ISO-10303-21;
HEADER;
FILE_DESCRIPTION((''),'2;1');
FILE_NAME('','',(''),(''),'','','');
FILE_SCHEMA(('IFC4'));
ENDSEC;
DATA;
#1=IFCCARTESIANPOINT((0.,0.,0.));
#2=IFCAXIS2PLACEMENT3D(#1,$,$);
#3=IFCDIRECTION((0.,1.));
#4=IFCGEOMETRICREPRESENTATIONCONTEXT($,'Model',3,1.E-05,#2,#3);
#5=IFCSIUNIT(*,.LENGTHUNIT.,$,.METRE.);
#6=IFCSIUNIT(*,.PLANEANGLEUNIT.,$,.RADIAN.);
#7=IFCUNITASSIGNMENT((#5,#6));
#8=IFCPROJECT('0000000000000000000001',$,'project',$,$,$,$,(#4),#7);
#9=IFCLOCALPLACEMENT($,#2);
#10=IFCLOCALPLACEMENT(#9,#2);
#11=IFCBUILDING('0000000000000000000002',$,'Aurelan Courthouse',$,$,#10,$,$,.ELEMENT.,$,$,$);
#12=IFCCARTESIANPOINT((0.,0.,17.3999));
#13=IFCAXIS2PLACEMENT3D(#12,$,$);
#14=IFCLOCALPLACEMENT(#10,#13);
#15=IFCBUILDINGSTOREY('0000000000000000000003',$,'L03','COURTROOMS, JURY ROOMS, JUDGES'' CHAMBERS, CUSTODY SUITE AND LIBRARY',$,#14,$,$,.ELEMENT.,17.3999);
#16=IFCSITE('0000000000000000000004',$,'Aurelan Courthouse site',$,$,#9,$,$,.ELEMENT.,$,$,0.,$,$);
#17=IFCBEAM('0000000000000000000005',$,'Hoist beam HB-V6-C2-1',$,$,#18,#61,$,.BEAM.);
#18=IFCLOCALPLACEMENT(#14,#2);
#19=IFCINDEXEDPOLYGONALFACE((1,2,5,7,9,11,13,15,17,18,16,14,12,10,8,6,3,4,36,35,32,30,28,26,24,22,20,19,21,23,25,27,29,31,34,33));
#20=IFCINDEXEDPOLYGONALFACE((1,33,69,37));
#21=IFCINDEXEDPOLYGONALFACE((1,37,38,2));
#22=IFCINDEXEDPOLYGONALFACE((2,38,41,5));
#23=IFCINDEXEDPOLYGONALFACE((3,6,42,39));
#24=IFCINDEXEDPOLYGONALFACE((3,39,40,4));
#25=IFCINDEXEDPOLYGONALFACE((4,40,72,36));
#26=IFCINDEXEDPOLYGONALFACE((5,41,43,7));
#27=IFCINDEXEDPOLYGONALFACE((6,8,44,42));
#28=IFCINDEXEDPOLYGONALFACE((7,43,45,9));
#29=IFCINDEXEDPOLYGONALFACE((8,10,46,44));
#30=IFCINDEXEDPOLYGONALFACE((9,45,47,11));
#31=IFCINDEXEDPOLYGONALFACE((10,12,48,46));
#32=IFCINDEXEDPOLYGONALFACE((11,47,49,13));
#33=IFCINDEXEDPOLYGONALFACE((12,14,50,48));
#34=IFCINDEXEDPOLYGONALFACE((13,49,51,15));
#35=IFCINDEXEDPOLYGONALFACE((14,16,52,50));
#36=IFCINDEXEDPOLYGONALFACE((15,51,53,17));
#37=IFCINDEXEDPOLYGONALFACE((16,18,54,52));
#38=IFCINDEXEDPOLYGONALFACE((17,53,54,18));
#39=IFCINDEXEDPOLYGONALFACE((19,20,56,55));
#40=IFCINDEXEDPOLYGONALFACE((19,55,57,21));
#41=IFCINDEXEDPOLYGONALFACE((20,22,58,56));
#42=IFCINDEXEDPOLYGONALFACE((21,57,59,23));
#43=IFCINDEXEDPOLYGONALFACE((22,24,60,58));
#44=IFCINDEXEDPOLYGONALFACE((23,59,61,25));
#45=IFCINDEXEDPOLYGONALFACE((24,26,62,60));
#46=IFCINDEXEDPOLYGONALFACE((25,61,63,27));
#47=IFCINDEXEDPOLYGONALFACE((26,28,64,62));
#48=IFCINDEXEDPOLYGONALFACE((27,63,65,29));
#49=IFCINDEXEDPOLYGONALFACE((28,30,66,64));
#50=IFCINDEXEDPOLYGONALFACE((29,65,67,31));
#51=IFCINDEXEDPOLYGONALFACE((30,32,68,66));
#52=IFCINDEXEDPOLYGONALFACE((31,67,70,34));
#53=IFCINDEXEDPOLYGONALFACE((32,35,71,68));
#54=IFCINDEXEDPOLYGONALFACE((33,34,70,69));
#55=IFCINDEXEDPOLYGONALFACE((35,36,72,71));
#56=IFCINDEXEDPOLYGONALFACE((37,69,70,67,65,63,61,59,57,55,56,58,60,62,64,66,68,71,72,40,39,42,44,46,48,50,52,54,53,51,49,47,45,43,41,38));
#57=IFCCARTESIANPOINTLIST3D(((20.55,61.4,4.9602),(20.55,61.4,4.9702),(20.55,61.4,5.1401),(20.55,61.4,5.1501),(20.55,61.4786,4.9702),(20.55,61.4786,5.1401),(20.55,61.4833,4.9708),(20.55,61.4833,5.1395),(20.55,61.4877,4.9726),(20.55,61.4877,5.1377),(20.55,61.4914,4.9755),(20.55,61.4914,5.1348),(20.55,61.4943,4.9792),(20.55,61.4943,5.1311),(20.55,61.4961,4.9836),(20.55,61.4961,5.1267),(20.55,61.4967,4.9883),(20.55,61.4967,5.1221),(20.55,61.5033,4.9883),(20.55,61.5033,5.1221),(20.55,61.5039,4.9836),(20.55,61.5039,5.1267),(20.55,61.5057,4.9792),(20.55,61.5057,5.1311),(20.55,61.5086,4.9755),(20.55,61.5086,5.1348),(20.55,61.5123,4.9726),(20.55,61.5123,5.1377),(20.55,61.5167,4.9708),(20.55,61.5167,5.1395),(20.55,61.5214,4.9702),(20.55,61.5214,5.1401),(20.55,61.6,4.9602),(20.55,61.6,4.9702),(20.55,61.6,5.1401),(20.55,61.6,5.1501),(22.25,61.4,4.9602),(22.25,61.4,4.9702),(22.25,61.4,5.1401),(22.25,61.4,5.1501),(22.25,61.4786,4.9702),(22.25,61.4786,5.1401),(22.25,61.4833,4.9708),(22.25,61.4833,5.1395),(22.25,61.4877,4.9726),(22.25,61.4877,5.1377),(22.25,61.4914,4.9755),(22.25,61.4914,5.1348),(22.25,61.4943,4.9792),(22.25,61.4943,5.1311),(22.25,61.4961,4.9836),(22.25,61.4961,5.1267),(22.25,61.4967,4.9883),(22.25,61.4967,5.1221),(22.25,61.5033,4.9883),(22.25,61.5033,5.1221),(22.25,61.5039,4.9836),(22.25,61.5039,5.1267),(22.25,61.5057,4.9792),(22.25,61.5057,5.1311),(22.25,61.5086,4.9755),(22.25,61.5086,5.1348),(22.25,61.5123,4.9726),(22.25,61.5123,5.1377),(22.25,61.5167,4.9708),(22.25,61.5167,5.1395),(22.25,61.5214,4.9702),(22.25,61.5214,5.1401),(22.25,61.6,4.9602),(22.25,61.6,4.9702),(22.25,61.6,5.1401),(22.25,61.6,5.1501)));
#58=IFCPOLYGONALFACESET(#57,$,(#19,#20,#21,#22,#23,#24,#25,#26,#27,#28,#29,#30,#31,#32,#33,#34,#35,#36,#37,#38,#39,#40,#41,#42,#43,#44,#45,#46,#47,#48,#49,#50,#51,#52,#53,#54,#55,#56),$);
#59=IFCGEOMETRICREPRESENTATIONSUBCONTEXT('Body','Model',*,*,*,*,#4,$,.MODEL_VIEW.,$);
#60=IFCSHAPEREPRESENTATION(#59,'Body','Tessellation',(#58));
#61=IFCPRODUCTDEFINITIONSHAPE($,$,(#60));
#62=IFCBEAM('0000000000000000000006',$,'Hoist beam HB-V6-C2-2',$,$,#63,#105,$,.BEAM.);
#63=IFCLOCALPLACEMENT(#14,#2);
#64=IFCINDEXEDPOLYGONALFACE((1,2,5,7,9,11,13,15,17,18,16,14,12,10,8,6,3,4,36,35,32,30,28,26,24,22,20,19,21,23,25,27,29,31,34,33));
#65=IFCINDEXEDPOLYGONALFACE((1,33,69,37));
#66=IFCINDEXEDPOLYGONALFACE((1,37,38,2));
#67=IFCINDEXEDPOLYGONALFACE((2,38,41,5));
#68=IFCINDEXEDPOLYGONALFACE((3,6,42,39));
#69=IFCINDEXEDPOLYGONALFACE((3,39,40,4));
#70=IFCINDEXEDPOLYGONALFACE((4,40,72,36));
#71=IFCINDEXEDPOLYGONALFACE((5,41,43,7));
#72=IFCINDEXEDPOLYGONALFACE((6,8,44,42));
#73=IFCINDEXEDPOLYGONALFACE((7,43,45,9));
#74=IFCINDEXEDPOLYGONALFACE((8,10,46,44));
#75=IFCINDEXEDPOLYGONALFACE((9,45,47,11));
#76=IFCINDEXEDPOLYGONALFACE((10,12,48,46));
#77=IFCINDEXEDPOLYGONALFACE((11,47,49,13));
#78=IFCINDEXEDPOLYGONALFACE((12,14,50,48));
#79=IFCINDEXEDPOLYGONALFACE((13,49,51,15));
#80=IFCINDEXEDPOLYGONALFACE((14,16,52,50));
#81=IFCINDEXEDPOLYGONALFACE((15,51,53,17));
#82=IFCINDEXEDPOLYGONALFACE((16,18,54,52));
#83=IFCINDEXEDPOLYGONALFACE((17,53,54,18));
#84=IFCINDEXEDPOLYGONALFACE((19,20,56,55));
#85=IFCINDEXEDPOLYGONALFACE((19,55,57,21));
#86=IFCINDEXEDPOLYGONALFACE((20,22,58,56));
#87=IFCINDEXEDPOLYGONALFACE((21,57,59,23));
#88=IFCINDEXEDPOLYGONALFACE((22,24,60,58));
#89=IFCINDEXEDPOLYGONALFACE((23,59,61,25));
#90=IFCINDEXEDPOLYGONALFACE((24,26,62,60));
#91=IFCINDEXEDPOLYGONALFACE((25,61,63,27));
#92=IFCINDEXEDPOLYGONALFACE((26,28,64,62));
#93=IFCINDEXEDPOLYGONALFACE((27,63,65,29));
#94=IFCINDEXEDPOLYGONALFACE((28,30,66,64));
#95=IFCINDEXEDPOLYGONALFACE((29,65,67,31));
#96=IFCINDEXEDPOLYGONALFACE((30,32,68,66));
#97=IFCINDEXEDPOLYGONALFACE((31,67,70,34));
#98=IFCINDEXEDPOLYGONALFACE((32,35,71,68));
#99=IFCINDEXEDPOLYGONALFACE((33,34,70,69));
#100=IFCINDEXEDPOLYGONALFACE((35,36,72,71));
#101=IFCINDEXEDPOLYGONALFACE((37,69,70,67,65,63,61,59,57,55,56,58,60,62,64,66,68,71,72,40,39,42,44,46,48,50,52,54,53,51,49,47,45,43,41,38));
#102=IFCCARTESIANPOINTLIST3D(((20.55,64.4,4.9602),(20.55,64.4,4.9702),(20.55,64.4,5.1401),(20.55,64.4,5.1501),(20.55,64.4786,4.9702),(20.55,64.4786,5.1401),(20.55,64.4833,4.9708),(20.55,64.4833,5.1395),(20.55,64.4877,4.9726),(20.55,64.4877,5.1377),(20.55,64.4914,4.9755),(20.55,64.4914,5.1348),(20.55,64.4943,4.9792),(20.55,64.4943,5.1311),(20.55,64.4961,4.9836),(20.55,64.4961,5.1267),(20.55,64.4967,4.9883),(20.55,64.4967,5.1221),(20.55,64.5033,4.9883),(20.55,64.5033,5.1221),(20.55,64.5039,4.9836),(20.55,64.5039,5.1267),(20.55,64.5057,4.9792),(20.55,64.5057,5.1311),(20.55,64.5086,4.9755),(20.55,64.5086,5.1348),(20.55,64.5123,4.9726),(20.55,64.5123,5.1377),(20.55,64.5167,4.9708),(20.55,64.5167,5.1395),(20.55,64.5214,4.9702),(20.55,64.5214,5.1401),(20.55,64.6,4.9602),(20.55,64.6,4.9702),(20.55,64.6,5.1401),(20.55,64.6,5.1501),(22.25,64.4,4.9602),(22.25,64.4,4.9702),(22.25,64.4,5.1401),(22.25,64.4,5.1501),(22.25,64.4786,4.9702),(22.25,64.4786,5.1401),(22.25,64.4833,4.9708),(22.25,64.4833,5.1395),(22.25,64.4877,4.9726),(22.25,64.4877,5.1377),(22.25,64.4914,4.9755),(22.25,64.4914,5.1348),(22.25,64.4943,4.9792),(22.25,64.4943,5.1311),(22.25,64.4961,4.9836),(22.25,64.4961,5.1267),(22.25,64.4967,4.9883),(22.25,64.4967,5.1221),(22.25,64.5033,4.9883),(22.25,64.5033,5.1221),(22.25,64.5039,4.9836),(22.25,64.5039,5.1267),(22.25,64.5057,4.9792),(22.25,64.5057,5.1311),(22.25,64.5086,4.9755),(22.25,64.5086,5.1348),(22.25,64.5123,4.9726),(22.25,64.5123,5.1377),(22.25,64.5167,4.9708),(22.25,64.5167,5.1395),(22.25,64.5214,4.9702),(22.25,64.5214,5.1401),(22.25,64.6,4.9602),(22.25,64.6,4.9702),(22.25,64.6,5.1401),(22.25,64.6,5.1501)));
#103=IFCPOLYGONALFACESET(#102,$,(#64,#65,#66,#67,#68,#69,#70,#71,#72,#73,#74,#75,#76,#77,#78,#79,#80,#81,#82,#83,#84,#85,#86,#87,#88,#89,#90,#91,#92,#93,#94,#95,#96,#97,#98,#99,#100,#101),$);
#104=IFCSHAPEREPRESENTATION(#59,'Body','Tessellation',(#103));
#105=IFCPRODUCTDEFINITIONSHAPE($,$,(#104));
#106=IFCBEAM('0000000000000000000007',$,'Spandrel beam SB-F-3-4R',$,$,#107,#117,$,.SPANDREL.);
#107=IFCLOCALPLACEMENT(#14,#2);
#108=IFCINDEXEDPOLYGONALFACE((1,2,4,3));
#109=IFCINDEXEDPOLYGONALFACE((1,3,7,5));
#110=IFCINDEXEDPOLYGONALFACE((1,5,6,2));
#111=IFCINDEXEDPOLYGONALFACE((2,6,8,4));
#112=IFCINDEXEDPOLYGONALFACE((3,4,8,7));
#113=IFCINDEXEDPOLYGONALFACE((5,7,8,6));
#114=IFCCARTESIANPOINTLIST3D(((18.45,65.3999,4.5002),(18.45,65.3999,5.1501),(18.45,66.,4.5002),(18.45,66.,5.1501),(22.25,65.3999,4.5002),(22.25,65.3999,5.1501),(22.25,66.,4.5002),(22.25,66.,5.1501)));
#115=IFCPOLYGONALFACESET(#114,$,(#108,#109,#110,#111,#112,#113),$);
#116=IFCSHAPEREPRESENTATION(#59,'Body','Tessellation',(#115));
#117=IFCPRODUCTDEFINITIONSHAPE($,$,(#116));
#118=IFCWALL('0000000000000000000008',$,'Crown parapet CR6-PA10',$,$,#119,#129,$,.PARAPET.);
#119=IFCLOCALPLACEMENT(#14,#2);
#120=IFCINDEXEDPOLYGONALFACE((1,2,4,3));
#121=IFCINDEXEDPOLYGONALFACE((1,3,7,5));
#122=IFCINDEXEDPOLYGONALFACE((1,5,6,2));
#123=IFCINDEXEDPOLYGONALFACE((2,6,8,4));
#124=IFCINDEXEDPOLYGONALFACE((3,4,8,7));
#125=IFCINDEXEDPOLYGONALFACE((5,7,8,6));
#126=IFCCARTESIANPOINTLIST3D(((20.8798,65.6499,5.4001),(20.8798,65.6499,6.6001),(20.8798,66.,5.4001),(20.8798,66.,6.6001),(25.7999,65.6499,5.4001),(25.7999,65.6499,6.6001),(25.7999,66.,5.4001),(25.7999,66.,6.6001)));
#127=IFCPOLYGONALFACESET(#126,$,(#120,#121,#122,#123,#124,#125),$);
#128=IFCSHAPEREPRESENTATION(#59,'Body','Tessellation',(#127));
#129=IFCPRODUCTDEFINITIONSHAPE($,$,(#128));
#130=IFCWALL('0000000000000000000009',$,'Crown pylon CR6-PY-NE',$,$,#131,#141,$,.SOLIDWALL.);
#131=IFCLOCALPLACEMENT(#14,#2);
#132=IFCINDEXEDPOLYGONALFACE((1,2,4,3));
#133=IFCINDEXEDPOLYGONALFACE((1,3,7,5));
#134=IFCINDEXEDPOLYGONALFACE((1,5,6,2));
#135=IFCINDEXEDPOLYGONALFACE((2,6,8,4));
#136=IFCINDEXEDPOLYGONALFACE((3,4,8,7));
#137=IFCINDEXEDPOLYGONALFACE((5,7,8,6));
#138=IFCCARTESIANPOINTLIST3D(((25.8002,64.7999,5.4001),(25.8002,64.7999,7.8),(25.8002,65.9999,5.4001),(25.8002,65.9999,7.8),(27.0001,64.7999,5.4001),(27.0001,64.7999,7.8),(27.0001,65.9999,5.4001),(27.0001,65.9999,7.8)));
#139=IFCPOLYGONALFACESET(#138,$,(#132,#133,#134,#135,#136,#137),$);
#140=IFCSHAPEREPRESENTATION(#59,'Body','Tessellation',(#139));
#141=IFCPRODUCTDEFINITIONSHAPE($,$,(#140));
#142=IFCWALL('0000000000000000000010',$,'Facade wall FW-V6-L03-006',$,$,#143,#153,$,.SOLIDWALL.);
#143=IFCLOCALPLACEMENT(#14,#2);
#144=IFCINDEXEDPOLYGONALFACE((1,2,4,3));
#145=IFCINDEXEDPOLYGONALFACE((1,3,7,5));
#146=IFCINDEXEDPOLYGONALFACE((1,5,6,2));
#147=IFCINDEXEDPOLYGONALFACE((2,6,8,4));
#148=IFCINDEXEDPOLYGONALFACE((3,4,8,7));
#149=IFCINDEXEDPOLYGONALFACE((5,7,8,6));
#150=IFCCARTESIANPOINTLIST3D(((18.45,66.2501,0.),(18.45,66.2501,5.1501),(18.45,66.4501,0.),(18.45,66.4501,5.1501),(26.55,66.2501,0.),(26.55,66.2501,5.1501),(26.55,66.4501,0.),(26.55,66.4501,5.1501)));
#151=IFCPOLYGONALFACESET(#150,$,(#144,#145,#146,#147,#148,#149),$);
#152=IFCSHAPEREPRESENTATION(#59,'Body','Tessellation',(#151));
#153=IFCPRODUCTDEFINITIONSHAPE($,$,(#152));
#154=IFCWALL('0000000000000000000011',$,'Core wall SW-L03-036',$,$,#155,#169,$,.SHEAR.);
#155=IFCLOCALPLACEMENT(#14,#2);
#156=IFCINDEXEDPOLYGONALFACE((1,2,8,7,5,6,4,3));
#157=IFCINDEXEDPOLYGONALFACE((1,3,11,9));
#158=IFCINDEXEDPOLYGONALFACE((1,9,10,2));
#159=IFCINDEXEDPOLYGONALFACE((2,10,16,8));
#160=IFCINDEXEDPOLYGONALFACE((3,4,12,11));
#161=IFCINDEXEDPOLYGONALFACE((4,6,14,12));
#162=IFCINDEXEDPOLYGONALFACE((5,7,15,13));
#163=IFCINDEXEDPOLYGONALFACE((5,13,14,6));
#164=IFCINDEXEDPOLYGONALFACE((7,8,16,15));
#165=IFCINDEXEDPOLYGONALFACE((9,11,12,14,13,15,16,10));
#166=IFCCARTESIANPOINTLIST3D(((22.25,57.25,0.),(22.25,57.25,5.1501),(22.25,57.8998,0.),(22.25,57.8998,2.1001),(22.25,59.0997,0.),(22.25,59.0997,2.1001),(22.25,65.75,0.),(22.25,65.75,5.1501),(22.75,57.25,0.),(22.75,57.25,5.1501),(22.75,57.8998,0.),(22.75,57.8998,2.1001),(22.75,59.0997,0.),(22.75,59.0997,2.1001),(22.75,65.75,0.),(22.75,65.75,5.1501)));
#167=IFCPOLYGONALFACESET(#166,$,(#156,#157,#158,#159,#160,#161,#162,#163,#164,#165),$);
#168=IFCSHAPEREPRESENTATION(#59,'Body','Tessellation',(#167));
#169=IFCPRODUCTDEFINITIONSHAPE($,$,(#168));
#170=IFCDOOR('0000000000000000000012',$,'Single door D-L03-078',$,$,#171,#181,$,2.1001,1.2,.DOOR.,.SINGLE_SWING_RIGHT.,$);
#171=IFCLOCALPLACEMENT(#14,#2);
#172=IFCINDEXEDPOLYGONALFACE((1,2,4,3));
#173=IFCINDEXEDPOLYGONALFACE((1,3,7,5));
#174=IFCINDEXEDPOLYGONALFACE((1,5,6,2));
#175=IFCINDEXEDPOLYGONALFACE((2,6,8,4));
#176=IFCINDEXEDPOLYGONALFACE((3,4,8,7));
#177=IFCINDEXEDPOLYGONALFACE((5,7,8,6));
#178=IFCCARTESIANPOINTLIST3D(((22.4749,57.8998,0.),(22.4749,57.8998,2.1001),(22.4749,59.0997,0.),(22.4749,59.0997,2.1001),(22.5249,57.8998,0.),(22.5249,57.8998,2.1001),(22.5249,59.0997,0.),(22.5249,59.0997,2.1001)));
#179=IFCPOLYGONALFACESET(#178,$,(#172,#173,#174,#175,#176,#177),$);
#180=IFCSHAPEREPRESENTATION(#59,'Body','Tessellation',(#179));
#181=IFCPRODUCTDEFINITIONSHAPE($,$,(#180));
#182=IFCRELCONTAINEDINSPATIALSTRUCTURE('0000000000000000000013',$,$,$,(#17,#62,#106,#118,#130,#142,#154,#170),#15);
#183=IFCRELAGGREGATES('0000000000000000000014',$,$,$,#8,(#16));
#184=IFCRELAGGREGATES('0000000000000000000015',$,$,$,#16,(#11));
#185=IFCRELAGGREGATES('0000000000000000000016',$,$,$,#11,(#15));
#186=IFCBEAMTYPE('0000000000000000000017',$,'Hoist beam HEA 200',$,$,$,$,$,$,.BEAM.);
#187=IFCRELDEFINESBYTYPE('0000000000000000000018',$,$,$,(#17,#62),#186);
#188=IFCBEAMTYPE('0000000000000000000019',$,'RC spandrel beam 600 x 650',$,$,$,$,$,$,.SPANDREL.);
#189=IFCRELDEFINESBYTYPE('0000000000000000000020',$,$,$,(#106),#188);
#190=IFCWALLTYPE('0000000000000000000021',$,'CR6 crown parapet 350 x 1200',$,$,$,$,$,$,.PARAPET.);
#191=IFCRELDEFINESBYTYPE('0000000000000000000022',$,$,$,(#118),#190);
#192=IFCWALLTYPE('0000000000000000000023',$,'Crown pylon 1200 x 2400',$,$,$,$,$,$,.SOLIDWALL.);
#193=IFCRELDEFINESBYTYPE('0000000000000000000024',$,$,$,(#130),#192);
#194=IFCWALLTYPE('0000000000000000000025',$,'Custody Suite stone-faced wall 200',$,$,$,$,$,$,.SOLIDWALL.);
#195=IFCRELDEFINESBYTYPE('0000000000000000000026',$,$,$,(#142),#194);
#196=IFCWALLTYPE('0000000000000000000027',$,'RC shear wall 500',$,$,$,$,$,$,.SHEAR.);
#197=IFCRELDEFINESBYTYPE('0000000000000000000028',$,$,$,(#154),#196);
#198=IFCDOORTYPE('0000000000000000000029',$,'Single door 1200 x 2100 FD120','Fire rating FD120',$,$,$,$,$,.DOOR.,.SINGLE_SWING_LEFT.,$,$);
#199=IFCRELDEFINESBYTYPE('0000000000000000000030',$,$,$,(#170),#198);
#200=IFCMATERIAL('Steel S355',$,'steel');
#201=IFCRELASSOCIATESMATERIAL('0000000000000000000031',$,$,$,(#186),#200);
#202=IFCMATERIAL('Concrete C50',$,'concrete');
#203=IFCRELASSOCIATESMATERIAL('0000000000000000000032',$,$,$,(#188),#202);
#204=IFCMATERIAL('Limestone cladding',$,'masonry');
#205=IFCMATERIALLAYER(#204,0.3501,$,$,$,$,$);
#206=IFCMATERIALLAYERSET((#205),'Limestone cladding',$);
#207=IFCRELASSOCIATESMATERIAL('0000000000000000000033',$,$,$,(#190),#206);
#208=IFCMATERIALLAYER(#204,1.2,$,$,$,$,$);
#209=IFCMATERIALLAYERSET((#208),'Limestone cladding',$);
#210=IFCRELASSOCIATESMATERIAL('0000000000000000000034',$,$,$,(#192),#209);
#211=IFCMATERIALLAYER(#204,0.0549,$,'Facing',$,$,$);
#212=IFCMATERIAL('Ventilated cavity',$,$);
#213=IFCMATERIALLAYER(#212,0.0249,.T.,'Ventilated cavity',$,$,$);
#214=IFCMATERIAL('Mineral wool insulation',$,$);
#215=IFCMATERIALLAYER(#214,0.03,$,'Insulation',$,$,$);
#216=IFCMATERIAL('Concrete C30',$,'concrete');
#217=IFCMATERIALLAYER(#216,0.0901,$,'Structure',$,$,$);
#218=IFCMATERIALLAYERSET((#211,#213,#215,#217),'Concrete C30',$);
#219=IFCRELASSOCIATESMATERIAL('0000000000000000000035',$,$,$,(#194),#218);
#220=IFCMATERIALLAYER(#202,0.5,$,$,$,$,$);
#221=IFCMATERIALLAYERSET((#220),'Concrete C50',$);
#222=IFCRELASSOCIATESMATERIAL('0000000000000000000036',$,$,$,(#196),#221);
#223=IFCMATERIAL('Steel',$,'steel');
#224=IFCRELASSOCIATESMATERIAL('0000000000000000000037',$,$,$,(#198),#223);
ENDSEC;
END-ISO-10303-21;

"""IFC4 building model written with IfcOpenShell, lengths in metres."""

from ifc_helpers import new_model, si_unit, direction, frame, frame_2d, origin, origin_2d, place, context, subcontext, project, spatial, rectangle, i_section, extrude, material, layer, layer_set, material_profile, profile_set, type_object, element, fill, save


model = new_model("IFC4")

# Units and contexts
model_context = context("Model", 3, precision=1e-05, world=origin(), true_north=direction((0.0, 1.0)))
body_context = subcontext(model_context, "Body", "Model", "MODEL_VIEW")
ifc_project = project(units=[si_unit("LENGTHUNIT", "METRE"), si_unit("PLANEANGLEUNIT", "RADIAN")], contexts=[model_context])

# Site, building, storey
site_placement = place(None, origin())
site = spatial("IfcSite", under=ifc_project, at=site_placement, Name="Aurelan Courthouse site", CompositionType="ELEMENT", RefElevation=0.0)
building_placement = place(site_placement, origin())
building = spatial("IfcBuilding", under=site, at=building_placement, Name="Aurelan Courthouse", CompositionType="ELEMENT")
storey_placement = place(building_placement, frame((0.0, 0.0, 17.3999)))
storey = spatial("IfcBuildingStorey", under=building, at=storey_placement, Name="L03", Description="COURTROOMS, JURY ROOMS, JUDGES' CHAMBERS, CUSTODY SUITE AND LIBRARY", CompositionType="ELEMENT", Elevation=17.3999)

# Beams
ifc_material_1 = material(Name="Steel S355", Category="steel")
ifc_material_profile_1 = material_profile(ifc_material_1, i_section(OverallWidth=0.2, OverallDepth=0.1899, WebThickness=0.0066, FlangeThickness=0.01, FilletRadius=0.0181, at=origin_2d()), Name="HEA 200")
ifc_profile_set_1 = profile_set([ifc_material_profile_1], Name="Steel S355")
beam_type_1 = type_object("IfcBeamType", Name="Hoist beam HEA 200", PredefinedType="BEAM", material=ifc_profile_set_1)
for number, where, z_axis, x_axis, name in (
    (1, (20.55, 61.5, 5.0552), (1.0, 0.0, 0.0), (0.0, 1.0, 0.0), "Hoist beam HB-V6-C2-1"),
    (2, (20.55, 64.5, 5.0552), (1.0, 0.0, 0.0), (0.0, 1.0, 0.0), "Hoist beam HB-V6-C2-2"),
):
    element("IfcBeam", number, at=place(storey_placement, frame(where, z_axis=z_axis, x_axis=x_axis)), inside=storey, type_object=beam_type_1, Name=name, PredefinedType="BEAM", context=body_context, shape_type="SweptSolid", body=[
        extrude(i_section(OverallWidth=0.2, OverallDepth=0.1899, WebThickness=0.0066, FlangeThickness=0.01, FilletRadius=0.0181, at=origin_2d()), origin(), (0.0, 0.0, 1.0), 1.7),
    ])
ifc_material_2 = material(Name="Concrete C50", Category="concrete")
ifc_material_profile_2 = material_profile(ifc_material_2, rectangle(XDim=0.6001, YDim=0.6499, at=origin_2d()), Name="RC 600 x 650")
ifc_profile_set_2 = profile_set([ifc_material_profile_2], Name="Concrete C50")
beam_type_2 = type_object("IfcBeamType", Name="RC spandrel beam 600 x 650", PredefinedType="SPANDREL", material=ifc_profile_set_2)
beam_placement = place(storey_placement, frame((18.45, 65.7, 4.8252), z_axis=(1.0, 0.0, 0.0), x_axis=(0.0, 1.0, 0.0)))
element("IfcBeam", 3, at=beam_placement, inside=storey, type_object=beam_type_2, Name="Spandrel beam SB-F-3-4R", PredefinedType="SPANDREL", context=body_context, shape_type="SweptSolid", body=[
    extrude(rectangle(XDim=0.6001, YDim=0.6499, at=origin_2d()), origin(), (0.0, 0.0, 1.0), 3.8),
])

# Walls
ifc_material_3 = material(Name="Limestone cladding", Category="masonry")
ifc_layer_1 = layer(ifc_material_3, 0.3501)
ifc_layer_set_1 = layer_set([ifc_layer_1], Name="Limestone cladding")
wall_type_1 = type_object("IfcWallType", Name="CR6 crown parapet 350 x 1200", PredefinedType="PARAPET", material=ifc_layer_set_1)
wall_1_placement = place(storey_placement, frame((20.8799, 65.825, 5.4001), z_axis=(0.0, 0.0, 1.0), x_axis=(1.0, 0.0, 0.0)))
element("IfcWall", 4, at=wall_1_placement, inside=storey, type_object=wall_type_1, Name="Crown parapet CR6-PA10", PredefinedType="PARAPET", context=body_context, shape_type="SweptSolid", body=[
    extrude(rectangle(XDim=4.9202, YDim=0.3501, at=frame_2d((2.46, 0.0))), origin(), (0.0, 0.0, 1.0), 1.2),
])
ifc_layer_2 = layer(ifc_material_3, 1.2)
ifc_layer_set_2 = layer_set([ifc_layer_2], Name="Limestone cladding")
wall_type_2 = type_object("IfcWallType", Name="Crown pylon 1200 x 2400", PredefinedType="SOLIDWALL", material=ifc_layer_set_2)
wall_2_placement = place(storey_placement, frame((25.8, 65.3999, 5.4001), z_axis=(0.0, 0.0, 1.0), x_axis=(1.0, 0.0, 0.0)))
element("IfcWall", 5, at=wall_2_placement, inside=storey, type_object=wall_type_2, Name="Crown pylon CR6-PY-NE", PredefinedType="SOLIDWALL", context=body_context, shape_type="SweptSolid", body=[
    extrude(rectangle(XDim=1.2, YDim=1.2, at=frame_2d((0.6001, 0.0))), origin(), (0.0, 0.0, 1.0), 2.3999),
])
ifc_layer_3 = layer(ifc_material_3, 0.0549, Name="Facing")
ifc_material_4 = material(Name="Ventilated cavity")
ifc_layer_4 = layer(ifc_material_4, 0.0249, ventilated=True, Name="Ventilated cavity")
ifc_material_5 = material(Name="Mineral wool insulation")
ifc_layer_5 = layer(ifc_material_5, 0.03, Name="Insulation")
ifc_material_6 = material(Name="Concrete C30", Category="concrete")
ifc_layer_6 = layer(ifc_material_6, 0.0901, Name="Structure")
ifc_layer_set_3 = layer_set([ifc_layer_3, ifc_layer_4, ifc_layer_5, ifc_layer_6], Name="Concrete C30")
wall_type_3 = type_object("IfcWallType", Name="Custody Suite stone-faced wall 200", PredefinedType="SOLIDWALL", material=ifc_layer_set_3)
wall_3_placement = place(storey_placement, frame((18.45, 66.3501, 0.0), z_axis=(0.0, 0.0, 1.0), x_axis=(1.0, 0.0, 0.0)))
element("IfcWall", 6, at=wall_3_placement, inside=storey, type_object=wall_type_3, Name="Facade wall FW-V6-L03-006", PredefinedType="SOLIDWALL", context=body_context, shape_type="SweptSolid", body=[
    extrude(rectangle(XDim=8.1001, YDim=0.2, at=frame_2d((4.05, 0.0))), origin(), (0.0, 0.0, 1.0), 5.1501),
])

# Wall, opening, door
ifc_layer_7 = layer(ifc_material_2, 0.5)
ifc_layer_set_4 = layer_set([ifc_layer_7], Name="Concrete C50")
wall_type_4 = type_object("IfcWallType", Name="RC shear wall 500", PredefinedType="SHEAR", material=ifc_layer_set_4)
wall_4_placement = place(storey_placement, frame((22.5, 57.25, 0.0), z_axis=(0.0, 0.0, 1.0), x_axis=(0.0, 1.0, 0.0)))
wall_4 = element("IfcWall", 7, at=wall_4_placement, inside=storey, type_object=wall_type_4, Name="Core wall SW-L03-036", PredefinedType="SHEAR", context=body_context, shape_type="SweptSolid", body=[
    extrude(rectangle(XDim=8.5, YDim=0.5, at=frame_2d((4.25, 0.0))), origin(), (0.0, 0.0, 1.0), 5.1501),
])
opening_placement = place(wall_4_placement, frame((1.8499, 0.0, 0.0), z_axis=(0.0, 0.0, 1.0), x_axis=(-1.0, 0.0, 0.0)))
opening = element("IfcOpeningElement", 8, at=opening_placement, cuts=wall_4, PredefinedType="OPENING", context=body_context, shape_type="SweptSolid", body=[
    extrude(rectangle(XDim=1.2, YDim=2.1001, at=frame_2d((0.6001, 1.05))), frame((0.0, 0.26, 0.0), z_axis=(0.0, -1.0, 0.0), x_axis=(1.0, 0.0, 0.0)), (0.0, 0.0, 1.0), 0.52),
])
ifc_material_7 = material(Name="Steel", Category="steel")
door_type = type_object("IfcDoorType", Name="Single door 1200 x 2100 FD120", Description="Fire rating FD120", OperationType="SINGLE_SWING_LEFT", PredefinedType="DOOR", material=ifc_material_7)
door_placement = place(opening_placement, origin())
door = element("IfcDoor", 9, at=door_placement, inside=storey, type_object=door_type, Name="Single door D-L03-078", OperationType="SINGLE_SWING_RIGHT", OverallHeight=2.1001, OverallWidth=1.2, PredefinedType="DOOR", context=body_context, shape_type="SweptSolid", body=[
    extrude(rectangle(XDim=1.2, YDim=2.1001, at=frame_2d((0.6001, 1.05))), frame((0.0, 0.0249, 0.0), z_axis=(0.0, -1.0, 0.0), x_axis=(1.0, 0.0, 0.0)), (0.0, 0.0, 1.0), 0.05),
])
fill(opening, door)

save(model, "model.ifc")
